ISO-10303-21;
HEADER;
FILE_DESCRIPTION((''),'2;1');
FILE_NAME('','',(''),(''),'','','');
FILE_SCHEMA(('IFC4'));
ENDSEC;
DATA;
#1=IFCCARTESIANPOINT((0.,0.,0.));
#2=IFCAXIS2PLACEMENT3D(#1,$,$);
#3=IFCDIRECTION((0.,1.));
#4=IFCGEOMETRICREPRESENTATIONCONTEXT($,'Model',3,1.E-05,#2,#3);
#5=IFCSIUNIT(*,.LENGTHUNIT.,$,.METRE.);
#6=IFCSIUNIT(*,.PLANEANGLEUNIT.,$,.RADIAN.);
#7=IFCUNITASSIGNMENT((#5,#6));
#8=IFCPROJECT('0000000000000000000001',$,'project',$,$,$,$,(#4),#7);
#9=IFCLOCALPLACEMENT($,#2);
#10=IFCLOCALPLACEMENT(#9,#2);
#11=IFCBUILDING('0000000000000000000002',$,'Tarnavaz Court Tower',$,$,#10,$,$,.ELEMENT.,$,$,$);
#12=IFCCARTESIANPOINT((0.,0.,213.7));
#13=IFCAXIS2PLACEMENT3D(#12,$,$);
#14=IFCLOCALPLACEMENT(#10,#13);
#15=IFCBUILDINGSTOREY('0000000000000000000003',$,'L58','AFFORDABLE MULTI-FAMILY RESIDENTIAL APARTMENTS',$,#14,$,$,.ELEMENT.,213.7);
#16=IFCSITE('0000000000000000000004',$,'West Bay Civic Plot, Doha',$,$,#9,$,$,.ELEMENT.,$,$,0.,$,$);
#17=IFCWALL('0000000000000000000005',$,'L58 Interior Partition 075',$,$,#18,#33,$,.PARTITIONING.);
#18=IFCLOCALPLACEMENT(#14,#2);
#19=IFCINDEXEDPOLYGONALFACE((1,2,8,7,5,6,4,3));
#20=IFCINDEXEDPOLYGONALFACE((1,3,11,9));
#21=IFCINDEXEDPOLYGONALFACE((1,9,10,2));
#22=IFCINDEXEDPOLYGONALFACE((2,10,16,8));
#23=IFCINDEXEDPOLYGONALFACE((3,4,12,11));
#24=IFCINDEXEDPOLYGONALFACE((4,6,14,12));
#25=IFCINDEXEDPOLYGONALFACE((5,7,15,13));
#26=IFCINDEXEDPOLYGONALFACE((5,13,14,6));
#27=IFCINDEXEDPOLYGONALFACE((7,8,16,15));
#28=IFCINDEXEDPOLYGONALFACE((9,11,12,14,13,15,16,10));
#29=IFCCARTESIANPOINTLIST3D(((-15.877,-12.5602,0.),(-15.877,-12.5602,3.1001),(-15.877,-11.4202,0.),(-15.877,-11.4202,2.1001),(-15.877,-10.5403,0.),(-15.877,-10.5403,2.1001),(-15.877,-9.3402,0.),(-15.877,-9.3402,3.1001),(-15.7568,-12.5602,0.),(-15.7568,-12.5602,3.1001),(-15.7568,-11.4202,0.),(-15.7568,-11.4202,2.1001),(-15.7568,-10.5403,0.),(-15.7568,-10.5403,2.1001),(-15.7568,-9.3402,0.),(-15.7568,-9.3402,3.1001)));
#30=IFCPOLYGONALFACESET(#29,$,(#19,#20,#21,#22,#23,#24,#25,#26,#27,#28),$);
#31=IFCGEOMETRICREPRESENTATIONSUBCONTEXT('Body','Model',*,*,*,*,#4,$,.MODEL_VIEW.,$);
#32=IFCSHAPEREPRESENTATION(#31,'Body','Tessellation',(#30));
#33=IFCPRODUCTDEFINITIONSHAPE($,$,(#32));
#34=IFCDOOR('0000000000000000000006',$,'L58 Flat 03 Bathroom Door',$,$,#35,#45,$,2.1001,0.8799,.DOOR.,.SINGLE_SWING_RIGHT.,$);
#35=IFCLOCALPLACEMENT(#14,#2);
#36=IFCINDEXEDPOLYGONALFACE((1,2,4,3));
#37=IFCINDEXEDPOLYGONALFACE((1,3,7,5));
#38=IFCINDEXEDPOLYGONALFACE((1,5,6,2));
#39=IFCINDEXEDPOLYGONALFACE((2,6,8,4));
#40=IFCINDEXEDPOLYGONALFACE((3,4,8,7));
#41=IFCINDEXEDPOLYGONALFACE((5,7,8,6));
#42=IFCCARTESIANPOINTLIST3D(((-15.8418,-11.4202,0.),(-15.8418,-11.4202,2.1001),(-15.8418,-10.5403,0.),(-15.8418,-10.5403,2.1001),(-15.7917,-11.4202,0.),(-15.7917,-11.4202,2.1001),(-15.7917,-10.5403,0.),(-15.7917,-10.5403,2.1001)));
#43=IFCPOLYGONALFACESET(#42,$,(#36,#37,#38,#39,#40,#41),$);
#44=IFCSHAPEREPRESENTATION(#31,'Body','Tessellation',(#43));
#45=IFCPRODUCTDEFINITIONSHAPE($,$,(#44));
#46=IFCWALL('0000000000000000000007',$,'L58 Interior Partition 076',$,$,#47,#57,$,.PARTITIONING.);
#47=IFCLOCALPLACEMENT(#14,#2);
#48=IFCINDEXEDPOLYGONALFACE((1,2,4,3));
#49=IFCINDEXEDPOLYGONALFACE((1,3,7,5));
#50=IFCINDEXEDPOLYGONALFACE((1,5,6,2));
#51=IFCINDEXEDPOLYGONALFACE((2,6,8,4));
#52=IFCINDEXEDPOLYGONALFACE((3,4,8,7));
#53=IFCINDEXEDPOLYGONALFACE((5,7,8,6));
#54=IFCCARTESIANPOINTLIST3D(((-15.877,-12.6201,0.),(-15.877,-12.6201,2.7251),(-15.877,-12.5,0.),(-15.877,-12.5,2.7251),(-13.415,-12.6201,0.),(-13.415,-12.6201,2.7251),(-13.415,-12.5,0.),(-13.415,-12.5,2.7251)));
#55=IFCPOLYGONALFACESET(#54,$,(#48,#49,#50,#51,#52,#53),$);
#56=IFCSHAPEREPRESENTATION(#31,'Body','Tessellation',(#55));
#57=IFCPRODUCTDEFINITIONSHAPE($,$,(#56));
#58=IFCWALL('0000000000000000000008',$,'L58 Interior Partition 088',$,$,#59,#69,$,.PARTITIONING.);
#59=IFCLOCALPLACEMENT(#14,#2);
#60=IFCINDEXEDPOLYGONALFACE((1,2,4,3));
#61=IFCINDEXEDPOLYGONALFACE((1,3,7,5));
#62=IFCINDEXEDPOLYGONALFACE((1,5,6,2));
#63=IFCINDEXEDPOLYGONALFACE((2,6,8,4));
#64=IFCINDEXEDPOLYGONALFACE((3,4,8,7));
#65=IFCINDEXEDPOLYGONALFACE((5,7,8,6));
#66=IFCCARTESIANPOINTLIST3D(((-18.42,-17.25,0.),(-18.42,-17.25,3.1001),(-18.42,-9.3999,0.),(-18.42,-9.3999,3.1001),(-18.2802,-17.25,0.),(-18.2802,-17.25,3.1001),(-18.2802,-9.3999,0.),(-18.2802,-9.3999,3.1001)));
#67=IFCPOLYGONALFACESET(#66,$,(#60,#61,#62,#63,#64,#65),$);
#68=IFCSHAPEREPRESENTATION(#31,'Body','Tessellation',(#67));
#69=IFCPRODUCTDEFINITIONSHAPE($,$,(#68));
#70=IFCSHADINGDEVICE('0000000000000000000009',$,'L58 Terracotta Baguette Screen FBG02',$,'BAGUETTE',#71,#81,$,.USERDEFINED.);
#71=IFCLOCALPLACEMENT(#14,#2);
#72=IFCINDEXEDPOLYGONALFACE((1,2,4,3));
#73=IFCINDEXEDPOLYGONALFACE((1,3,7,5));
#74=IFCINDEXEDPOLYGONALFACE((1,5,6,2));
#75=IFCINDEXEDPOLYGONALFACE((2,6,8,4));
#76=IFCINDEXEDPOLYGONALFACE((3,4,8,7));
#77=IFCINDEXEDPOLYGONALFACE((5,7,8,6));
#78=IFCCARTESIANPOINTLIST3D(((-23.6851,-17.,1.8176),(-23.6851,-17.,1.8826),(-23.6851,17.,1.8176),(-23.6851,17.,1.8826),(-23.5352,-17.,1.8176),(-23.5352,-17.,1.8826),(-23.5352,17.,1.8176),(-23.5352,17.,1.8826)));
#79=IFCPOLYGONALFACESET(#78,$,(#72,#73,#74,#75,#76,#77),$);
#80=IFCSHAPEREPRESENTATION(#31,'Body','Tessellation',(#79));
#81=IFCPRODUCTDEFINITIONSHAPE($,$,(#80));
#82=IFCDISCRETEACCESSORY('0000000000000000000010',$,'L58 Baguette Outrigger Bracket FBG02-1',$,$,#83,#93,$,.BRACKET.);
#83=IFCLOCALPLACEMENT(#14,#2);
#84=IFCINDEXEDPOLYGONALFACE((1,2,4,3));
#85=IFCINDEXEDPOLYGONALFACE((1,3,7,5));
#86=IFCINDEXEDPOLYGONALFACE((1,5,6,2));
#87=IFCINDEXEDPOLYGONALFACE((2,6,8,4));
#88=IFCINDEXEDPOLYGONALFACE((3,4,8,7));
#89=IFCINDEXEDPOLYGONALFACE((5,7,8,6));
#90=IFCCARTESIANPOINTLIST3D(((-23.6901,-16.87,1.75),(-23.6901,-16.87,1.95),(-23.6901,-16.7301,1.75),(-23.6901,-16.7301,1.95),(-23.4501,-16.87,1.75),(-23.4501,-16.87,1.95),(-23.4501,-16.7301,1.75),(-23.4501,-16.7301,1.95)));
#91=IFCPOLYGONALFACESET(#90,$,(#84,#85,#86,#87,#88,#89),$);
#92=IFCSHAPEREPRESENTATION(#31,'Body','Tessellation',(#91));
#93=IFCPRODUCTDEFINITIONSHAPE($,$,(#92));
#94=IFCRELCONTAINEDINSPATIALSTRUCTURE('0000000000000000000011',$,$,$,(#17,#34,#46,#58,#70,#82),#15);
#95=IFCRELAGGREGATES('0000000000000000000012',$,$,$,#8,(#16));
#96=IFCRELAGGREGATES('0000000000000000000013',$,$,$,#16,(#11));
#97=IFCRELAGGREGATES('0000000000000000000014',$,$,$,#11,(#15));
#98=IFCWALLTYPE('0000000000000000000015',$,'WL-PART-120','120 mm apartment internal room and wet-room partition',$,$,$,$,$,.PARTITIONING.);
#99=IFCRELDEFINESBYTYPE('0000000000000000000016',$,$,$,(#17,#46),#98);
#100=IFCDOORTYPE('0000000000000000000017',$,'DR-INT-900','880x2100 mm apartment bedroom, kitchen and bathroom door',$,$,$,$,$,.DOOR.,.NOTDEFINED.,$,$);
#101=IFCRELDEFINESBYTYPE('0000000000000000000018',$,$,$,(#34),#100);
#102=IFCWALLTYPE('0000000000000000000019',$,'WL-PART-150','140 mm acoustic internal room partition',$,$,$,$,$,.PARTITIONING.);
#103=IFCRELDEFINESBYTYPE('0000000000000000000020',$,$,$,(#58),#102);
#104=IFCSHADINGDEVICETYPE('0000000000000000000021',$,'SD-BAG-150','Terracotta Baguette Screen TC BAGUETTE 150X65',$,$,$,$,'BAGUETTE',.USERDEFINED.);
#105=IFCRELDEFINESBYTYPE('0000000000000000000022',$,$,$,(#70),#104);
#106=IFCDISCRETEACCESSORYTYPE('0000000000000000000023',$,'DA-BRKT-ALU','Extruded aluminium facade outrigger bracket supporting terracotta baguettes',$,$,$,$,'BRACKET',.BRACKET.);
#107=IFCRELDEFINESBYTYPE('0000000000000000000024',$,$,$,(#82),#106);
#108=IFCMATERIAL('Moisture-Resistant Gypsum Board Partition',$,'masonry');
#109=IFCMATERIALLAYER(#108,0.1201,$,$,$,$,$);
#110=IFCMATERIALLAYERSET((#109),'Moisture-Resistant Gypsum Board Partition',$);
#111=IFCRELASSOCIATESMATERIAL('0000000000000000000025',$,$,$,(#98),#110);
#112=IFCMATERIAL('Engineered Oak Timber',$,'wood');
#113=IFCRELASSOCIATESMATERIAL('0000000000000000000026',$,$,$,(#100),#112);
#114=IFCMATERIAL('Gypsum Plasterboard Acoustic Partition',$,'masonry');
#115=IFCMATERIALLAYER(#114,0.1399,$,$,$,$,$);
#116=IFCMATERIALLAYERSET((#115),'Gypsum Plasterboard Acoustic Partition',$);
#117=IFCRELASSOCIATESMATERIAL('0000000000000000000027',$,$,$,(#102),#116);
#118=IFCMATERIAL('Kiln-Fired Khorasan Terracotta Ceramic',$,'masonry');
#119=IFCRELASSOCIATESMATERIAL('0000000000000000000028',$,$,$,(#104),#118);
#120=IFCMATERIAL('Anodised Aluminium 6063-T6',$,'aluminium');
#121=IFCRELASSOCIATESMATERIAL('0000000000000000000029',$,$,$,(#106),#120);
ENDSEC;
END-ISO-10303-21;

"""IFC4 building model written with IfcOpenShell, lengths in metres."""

from ifc_helpers import new_model, si_unit, direction, frame, frame_2d, origin, origin_2d, place, context, subcontext, project, spatial, rectangle, extrude, material, layer, layer_set, material_profile, profile_set, type_object, element, fill, save


model = new_model("IFC4")

# Units and contexts
model_context = context("Model", 3, precision=1e-05, world=origin(), true_north=direction((0.0, 1.0)))
body_context = subcontext(model_context, "Body", "Model", "MODEL_VIEW")
ifc_project = project(units=[si_unit("LENGTHUNIT", "METRE"), si_unit("PLANEANGLEUNIT", "RADIAN")], contexts=[model_context])

# Site, building, storey
site_placement = place(None, origin())
site = spatial("IfcSite", under=ifc_project, at=site_placement, Name="West Bay Civic Plot, Doha", CompositionType="ELEMENT", RefElevation=0.0)
building_placement = place(site_placement, origin())
building = spatial("IfcBuilding", under=site, at=building_placement, Name="Tarnavaz Court Tower", CompositionType="ELEMENT")
storey_placement = place(building_placement, frame((0.0, 0.0, 213.7)))
storey = spatial("IfcBuildingStorey", under=building, at=storey_placement, Name="L58", Description="AFFORDABLE MULTI-FAMILY RESIDENTIAL APARTMENTS", CompositionType="ELEMENT", Elevation=213.7)

# Wall, opening, door
ifc_material_1 = material(Name="Engineered Oak Timber", Category="wood")
ifc_material_2 = material(Name="Moisture-Resistant Gypsum Board Partition", Category="masonry")
ifc_layer_1 = layer(ifc_material_2, 0.1201)
ifc_layer_set_1 = layer_set([ifc_layer_1], Name="Moisture-Resistant Gypsum Board Partition")
wall_type_1 = type_object("IfcWallType", Name="WL-PART-120", Description="120 mm apartment internal room and wet-room partition", PredefinedType="PARTITIONING", material=ifc_layer_set_1)
wall_1_placement = place(storey_placement, frame((-15.8169, -12.5601, 0.0), z_axis=(0.0, 0.0, 1.0), x_axis=(0.0, 1.0, 0.0)))
wall_1 = element("IfcWall", 1, at=wall_1_placement, inside=storey, type_object=wall_type_1, Name="L58 Interior Partition 075", PredefinedType="PARTITIONING", context=body_context, shape_type="SweptSolid", body=[
    extrude(rectangle(XDim=3.22, YDim=0.1201, at=frame_2d((1.6099, 0.0))), origin(), (0.0, 0.0, 1.0), 3.1001),
])
opening_1_placement = place(wall_1_placement, frame((1.1399, 0.0, 0.0)))
opening_1 = element("IfcOpeningElement", 2, at=opening_1_placement, cuts=wall_1, PredefinedType="OPENING", context=body_context, shape_type="SweptSolid", body=[
    extrude(rectangle(XDim=0.8799, YDim=2.1001, at=frame_2d((0.4399, 1.05))), frame((0.0, 0.0701, 0.0), z_axis=(0.0, -1.0, 0.0), x_axis=(1.0, 0.0, 0.0)), (0.0, 0.0, 1.0), 0.1401),
])
door_type_1 = type_object("IfcDoorType", Name="DR-INT-900", Description="880x2100 mm apartment bedroom, kitchen and bathroom door", OperationType="NOTDEFINED", PredefinedType="DOOR", material=ifc_material_1)
door_1_placement = place(opening_1_placement, origin())
door_1 = element("IfcDoor", 3, at=door_1_placement, inside=storey, type_object=door_type_1, Name="L58 Flat 03 Bathroom Door", OperationType="SINGLE_SWING_RIGHT", OverallHeight=2.1001, OverallWidth=0.8799, PredefinedType="DOOR", context=body_context, shape_type="SweptSolid", body=[
    extrude(rectangle(XDim=0.8799, YDim=2.1001, at=frame_2d((0.4399, 1.05))), frame((0.0, 0.0249, 0.0), z_axis=(0.0, -1.0, 0.0), x_axis=(1.0, 0.0, 0.0)), (0.0, 0.0, 1.0), 0.05),
])
fill(opening_1, door_1)

# Walls
wall_2_placement = place(storey_placement, frame((-15.877, -12.5601, 0.0), z_axis=(0.0, 0.0, 1.0), x_axis=(1.0, 0.0, 0.0)))
element("IfcWall", 4, at=wall_2_placement, inside=storey, type_object=wall_type_1, Name="L58 Interior Partition 076", PredefinedType="PARTITIONING", context=body_context, shape_type="SweptSolid", body=[
    extrude(rectangle(XDim=2.4619, YDim=0.1201, at=frame_2d((1.231, 0.0))), origin(), (0.0, 0.0, 1.0), 2.7251),
])
ifc_material_3 = material(Name="Gypsum Plasterboard Acoustic Partition", Category="masonry")
ifc_layer_2 = layer(ifc_material_3, 0.1399)
ifc_layer_set_2 = layer_set([ifc_layer_2], Name="Gypsum Plasterboard Acoustic Partition")
wall_type_2 = type_object("IfcWallType", Name="WL-PART-150", Description="140 mm acoustic internal room partition", PredefinedType="PARTITIONING", material=ifc_layer_set_2)
wall_3_placement = place(storey_placement, frame((-18.3501, -17.25, 0.0), z_axis=(0.0, 0.0, 1.0), x_axis=(0.0, 1.0, 0.0)))
element("IfcWall", 5, at=wall_3_placement, inside=storey, type_object=wall_type_2, Name="L58 Interior Partition 088", PredefinedType="PARTITIONING", context=body_context, shape_type="SweptSolid", body=[
    extrude(rectangle(XDim=7.8501, YDim=0.1399, at=frame_2d((3.925, 0.0))), origin(), (0.0, 0.0, 1.0), 3.1001),
])

# Shading device
ifc_material_4 = material(Name="Kiln-Fired Khorasan Terracotta Ceramic", Category="masonry")
ifc_material_profile_1 = material_profile(ifc_material_4, rectangle(XDim=0.1499, YDim=0.0649, at=origin_2d()), Name="TC BAGUETTE 150X65")
ifc_profile_set_1 = profile_set([ifc_material_profile_1], Name="Kiln-Fired Khorasan Terracotta Ceramic")
shading_device_type = type_object("IfcShadingDeviceType", Name="SD-BAG-150", Description="Terracotta Baguette Screen TC BAGUETTE 150X65", ElementType="BAGUETTE", PredefinedType="USERDEFINED", material=ifc_profile_set_1)
shading_device_placement = place(storey_placement, frame((-23.6101, -17.0, 1.8501), z_axis=(0.0, 1.0, 0.0), x_axis=(-1.0, 0.0, 0.0)))
element("IfcShadingDevice", 6, at=shading_device_placement, inside=storey, type_object=shading_device_type, Name="L58 Terracotta Baguette Screen FBG02", ObjectType="BAGUETTE", PredefinedType="USERDEFINED", context=body_context, shape_type="SweptSolid", body=[
    extrude(rectangle(XDim=0.1499, YDim=0.0649, at=origin_2d()), origin(), (0.0, 0.0, 1.0), 34.0),
])

# Discrete accessory
ifc_material_5 = material(Name="Anodised Aluminium 6063-T6", Category="aluminium")
discrete_accessory_type = type_object("IfcDiscreteAccessoryType", Name="DA-BRKT-ALU", Description="Extruded aluminium facade outrigger bracket supporting terracotta baguettes", ElementType="BRACKET", PredefinedType="BRACKET", material=ifc_material_5)
discrete_accessory_placement = place(storey_placement, frame((-23.5701, -16.8, 1.75), z_axis=(0.0, 0.0, 1.0), x_axis=(0.0, 1.0, 0.0)))
element("IfcDiscreteAccessory", 7, at=discrete_accessory_placement, inside=storey, type_object=discrete_accessory_type, Name="L58 Baguette Outrigger Bracket FBG02-1", PredefinedType="BRACKET", context=body_context, shape_type="SweptSolid", body=[
    extrude(rectangle(XDim=0.1399, YDim=0.24, at=origin_2d()), origin(), (0.0, 0.0, 1.0), 0.2),
])

save(model, "model.ifc")
